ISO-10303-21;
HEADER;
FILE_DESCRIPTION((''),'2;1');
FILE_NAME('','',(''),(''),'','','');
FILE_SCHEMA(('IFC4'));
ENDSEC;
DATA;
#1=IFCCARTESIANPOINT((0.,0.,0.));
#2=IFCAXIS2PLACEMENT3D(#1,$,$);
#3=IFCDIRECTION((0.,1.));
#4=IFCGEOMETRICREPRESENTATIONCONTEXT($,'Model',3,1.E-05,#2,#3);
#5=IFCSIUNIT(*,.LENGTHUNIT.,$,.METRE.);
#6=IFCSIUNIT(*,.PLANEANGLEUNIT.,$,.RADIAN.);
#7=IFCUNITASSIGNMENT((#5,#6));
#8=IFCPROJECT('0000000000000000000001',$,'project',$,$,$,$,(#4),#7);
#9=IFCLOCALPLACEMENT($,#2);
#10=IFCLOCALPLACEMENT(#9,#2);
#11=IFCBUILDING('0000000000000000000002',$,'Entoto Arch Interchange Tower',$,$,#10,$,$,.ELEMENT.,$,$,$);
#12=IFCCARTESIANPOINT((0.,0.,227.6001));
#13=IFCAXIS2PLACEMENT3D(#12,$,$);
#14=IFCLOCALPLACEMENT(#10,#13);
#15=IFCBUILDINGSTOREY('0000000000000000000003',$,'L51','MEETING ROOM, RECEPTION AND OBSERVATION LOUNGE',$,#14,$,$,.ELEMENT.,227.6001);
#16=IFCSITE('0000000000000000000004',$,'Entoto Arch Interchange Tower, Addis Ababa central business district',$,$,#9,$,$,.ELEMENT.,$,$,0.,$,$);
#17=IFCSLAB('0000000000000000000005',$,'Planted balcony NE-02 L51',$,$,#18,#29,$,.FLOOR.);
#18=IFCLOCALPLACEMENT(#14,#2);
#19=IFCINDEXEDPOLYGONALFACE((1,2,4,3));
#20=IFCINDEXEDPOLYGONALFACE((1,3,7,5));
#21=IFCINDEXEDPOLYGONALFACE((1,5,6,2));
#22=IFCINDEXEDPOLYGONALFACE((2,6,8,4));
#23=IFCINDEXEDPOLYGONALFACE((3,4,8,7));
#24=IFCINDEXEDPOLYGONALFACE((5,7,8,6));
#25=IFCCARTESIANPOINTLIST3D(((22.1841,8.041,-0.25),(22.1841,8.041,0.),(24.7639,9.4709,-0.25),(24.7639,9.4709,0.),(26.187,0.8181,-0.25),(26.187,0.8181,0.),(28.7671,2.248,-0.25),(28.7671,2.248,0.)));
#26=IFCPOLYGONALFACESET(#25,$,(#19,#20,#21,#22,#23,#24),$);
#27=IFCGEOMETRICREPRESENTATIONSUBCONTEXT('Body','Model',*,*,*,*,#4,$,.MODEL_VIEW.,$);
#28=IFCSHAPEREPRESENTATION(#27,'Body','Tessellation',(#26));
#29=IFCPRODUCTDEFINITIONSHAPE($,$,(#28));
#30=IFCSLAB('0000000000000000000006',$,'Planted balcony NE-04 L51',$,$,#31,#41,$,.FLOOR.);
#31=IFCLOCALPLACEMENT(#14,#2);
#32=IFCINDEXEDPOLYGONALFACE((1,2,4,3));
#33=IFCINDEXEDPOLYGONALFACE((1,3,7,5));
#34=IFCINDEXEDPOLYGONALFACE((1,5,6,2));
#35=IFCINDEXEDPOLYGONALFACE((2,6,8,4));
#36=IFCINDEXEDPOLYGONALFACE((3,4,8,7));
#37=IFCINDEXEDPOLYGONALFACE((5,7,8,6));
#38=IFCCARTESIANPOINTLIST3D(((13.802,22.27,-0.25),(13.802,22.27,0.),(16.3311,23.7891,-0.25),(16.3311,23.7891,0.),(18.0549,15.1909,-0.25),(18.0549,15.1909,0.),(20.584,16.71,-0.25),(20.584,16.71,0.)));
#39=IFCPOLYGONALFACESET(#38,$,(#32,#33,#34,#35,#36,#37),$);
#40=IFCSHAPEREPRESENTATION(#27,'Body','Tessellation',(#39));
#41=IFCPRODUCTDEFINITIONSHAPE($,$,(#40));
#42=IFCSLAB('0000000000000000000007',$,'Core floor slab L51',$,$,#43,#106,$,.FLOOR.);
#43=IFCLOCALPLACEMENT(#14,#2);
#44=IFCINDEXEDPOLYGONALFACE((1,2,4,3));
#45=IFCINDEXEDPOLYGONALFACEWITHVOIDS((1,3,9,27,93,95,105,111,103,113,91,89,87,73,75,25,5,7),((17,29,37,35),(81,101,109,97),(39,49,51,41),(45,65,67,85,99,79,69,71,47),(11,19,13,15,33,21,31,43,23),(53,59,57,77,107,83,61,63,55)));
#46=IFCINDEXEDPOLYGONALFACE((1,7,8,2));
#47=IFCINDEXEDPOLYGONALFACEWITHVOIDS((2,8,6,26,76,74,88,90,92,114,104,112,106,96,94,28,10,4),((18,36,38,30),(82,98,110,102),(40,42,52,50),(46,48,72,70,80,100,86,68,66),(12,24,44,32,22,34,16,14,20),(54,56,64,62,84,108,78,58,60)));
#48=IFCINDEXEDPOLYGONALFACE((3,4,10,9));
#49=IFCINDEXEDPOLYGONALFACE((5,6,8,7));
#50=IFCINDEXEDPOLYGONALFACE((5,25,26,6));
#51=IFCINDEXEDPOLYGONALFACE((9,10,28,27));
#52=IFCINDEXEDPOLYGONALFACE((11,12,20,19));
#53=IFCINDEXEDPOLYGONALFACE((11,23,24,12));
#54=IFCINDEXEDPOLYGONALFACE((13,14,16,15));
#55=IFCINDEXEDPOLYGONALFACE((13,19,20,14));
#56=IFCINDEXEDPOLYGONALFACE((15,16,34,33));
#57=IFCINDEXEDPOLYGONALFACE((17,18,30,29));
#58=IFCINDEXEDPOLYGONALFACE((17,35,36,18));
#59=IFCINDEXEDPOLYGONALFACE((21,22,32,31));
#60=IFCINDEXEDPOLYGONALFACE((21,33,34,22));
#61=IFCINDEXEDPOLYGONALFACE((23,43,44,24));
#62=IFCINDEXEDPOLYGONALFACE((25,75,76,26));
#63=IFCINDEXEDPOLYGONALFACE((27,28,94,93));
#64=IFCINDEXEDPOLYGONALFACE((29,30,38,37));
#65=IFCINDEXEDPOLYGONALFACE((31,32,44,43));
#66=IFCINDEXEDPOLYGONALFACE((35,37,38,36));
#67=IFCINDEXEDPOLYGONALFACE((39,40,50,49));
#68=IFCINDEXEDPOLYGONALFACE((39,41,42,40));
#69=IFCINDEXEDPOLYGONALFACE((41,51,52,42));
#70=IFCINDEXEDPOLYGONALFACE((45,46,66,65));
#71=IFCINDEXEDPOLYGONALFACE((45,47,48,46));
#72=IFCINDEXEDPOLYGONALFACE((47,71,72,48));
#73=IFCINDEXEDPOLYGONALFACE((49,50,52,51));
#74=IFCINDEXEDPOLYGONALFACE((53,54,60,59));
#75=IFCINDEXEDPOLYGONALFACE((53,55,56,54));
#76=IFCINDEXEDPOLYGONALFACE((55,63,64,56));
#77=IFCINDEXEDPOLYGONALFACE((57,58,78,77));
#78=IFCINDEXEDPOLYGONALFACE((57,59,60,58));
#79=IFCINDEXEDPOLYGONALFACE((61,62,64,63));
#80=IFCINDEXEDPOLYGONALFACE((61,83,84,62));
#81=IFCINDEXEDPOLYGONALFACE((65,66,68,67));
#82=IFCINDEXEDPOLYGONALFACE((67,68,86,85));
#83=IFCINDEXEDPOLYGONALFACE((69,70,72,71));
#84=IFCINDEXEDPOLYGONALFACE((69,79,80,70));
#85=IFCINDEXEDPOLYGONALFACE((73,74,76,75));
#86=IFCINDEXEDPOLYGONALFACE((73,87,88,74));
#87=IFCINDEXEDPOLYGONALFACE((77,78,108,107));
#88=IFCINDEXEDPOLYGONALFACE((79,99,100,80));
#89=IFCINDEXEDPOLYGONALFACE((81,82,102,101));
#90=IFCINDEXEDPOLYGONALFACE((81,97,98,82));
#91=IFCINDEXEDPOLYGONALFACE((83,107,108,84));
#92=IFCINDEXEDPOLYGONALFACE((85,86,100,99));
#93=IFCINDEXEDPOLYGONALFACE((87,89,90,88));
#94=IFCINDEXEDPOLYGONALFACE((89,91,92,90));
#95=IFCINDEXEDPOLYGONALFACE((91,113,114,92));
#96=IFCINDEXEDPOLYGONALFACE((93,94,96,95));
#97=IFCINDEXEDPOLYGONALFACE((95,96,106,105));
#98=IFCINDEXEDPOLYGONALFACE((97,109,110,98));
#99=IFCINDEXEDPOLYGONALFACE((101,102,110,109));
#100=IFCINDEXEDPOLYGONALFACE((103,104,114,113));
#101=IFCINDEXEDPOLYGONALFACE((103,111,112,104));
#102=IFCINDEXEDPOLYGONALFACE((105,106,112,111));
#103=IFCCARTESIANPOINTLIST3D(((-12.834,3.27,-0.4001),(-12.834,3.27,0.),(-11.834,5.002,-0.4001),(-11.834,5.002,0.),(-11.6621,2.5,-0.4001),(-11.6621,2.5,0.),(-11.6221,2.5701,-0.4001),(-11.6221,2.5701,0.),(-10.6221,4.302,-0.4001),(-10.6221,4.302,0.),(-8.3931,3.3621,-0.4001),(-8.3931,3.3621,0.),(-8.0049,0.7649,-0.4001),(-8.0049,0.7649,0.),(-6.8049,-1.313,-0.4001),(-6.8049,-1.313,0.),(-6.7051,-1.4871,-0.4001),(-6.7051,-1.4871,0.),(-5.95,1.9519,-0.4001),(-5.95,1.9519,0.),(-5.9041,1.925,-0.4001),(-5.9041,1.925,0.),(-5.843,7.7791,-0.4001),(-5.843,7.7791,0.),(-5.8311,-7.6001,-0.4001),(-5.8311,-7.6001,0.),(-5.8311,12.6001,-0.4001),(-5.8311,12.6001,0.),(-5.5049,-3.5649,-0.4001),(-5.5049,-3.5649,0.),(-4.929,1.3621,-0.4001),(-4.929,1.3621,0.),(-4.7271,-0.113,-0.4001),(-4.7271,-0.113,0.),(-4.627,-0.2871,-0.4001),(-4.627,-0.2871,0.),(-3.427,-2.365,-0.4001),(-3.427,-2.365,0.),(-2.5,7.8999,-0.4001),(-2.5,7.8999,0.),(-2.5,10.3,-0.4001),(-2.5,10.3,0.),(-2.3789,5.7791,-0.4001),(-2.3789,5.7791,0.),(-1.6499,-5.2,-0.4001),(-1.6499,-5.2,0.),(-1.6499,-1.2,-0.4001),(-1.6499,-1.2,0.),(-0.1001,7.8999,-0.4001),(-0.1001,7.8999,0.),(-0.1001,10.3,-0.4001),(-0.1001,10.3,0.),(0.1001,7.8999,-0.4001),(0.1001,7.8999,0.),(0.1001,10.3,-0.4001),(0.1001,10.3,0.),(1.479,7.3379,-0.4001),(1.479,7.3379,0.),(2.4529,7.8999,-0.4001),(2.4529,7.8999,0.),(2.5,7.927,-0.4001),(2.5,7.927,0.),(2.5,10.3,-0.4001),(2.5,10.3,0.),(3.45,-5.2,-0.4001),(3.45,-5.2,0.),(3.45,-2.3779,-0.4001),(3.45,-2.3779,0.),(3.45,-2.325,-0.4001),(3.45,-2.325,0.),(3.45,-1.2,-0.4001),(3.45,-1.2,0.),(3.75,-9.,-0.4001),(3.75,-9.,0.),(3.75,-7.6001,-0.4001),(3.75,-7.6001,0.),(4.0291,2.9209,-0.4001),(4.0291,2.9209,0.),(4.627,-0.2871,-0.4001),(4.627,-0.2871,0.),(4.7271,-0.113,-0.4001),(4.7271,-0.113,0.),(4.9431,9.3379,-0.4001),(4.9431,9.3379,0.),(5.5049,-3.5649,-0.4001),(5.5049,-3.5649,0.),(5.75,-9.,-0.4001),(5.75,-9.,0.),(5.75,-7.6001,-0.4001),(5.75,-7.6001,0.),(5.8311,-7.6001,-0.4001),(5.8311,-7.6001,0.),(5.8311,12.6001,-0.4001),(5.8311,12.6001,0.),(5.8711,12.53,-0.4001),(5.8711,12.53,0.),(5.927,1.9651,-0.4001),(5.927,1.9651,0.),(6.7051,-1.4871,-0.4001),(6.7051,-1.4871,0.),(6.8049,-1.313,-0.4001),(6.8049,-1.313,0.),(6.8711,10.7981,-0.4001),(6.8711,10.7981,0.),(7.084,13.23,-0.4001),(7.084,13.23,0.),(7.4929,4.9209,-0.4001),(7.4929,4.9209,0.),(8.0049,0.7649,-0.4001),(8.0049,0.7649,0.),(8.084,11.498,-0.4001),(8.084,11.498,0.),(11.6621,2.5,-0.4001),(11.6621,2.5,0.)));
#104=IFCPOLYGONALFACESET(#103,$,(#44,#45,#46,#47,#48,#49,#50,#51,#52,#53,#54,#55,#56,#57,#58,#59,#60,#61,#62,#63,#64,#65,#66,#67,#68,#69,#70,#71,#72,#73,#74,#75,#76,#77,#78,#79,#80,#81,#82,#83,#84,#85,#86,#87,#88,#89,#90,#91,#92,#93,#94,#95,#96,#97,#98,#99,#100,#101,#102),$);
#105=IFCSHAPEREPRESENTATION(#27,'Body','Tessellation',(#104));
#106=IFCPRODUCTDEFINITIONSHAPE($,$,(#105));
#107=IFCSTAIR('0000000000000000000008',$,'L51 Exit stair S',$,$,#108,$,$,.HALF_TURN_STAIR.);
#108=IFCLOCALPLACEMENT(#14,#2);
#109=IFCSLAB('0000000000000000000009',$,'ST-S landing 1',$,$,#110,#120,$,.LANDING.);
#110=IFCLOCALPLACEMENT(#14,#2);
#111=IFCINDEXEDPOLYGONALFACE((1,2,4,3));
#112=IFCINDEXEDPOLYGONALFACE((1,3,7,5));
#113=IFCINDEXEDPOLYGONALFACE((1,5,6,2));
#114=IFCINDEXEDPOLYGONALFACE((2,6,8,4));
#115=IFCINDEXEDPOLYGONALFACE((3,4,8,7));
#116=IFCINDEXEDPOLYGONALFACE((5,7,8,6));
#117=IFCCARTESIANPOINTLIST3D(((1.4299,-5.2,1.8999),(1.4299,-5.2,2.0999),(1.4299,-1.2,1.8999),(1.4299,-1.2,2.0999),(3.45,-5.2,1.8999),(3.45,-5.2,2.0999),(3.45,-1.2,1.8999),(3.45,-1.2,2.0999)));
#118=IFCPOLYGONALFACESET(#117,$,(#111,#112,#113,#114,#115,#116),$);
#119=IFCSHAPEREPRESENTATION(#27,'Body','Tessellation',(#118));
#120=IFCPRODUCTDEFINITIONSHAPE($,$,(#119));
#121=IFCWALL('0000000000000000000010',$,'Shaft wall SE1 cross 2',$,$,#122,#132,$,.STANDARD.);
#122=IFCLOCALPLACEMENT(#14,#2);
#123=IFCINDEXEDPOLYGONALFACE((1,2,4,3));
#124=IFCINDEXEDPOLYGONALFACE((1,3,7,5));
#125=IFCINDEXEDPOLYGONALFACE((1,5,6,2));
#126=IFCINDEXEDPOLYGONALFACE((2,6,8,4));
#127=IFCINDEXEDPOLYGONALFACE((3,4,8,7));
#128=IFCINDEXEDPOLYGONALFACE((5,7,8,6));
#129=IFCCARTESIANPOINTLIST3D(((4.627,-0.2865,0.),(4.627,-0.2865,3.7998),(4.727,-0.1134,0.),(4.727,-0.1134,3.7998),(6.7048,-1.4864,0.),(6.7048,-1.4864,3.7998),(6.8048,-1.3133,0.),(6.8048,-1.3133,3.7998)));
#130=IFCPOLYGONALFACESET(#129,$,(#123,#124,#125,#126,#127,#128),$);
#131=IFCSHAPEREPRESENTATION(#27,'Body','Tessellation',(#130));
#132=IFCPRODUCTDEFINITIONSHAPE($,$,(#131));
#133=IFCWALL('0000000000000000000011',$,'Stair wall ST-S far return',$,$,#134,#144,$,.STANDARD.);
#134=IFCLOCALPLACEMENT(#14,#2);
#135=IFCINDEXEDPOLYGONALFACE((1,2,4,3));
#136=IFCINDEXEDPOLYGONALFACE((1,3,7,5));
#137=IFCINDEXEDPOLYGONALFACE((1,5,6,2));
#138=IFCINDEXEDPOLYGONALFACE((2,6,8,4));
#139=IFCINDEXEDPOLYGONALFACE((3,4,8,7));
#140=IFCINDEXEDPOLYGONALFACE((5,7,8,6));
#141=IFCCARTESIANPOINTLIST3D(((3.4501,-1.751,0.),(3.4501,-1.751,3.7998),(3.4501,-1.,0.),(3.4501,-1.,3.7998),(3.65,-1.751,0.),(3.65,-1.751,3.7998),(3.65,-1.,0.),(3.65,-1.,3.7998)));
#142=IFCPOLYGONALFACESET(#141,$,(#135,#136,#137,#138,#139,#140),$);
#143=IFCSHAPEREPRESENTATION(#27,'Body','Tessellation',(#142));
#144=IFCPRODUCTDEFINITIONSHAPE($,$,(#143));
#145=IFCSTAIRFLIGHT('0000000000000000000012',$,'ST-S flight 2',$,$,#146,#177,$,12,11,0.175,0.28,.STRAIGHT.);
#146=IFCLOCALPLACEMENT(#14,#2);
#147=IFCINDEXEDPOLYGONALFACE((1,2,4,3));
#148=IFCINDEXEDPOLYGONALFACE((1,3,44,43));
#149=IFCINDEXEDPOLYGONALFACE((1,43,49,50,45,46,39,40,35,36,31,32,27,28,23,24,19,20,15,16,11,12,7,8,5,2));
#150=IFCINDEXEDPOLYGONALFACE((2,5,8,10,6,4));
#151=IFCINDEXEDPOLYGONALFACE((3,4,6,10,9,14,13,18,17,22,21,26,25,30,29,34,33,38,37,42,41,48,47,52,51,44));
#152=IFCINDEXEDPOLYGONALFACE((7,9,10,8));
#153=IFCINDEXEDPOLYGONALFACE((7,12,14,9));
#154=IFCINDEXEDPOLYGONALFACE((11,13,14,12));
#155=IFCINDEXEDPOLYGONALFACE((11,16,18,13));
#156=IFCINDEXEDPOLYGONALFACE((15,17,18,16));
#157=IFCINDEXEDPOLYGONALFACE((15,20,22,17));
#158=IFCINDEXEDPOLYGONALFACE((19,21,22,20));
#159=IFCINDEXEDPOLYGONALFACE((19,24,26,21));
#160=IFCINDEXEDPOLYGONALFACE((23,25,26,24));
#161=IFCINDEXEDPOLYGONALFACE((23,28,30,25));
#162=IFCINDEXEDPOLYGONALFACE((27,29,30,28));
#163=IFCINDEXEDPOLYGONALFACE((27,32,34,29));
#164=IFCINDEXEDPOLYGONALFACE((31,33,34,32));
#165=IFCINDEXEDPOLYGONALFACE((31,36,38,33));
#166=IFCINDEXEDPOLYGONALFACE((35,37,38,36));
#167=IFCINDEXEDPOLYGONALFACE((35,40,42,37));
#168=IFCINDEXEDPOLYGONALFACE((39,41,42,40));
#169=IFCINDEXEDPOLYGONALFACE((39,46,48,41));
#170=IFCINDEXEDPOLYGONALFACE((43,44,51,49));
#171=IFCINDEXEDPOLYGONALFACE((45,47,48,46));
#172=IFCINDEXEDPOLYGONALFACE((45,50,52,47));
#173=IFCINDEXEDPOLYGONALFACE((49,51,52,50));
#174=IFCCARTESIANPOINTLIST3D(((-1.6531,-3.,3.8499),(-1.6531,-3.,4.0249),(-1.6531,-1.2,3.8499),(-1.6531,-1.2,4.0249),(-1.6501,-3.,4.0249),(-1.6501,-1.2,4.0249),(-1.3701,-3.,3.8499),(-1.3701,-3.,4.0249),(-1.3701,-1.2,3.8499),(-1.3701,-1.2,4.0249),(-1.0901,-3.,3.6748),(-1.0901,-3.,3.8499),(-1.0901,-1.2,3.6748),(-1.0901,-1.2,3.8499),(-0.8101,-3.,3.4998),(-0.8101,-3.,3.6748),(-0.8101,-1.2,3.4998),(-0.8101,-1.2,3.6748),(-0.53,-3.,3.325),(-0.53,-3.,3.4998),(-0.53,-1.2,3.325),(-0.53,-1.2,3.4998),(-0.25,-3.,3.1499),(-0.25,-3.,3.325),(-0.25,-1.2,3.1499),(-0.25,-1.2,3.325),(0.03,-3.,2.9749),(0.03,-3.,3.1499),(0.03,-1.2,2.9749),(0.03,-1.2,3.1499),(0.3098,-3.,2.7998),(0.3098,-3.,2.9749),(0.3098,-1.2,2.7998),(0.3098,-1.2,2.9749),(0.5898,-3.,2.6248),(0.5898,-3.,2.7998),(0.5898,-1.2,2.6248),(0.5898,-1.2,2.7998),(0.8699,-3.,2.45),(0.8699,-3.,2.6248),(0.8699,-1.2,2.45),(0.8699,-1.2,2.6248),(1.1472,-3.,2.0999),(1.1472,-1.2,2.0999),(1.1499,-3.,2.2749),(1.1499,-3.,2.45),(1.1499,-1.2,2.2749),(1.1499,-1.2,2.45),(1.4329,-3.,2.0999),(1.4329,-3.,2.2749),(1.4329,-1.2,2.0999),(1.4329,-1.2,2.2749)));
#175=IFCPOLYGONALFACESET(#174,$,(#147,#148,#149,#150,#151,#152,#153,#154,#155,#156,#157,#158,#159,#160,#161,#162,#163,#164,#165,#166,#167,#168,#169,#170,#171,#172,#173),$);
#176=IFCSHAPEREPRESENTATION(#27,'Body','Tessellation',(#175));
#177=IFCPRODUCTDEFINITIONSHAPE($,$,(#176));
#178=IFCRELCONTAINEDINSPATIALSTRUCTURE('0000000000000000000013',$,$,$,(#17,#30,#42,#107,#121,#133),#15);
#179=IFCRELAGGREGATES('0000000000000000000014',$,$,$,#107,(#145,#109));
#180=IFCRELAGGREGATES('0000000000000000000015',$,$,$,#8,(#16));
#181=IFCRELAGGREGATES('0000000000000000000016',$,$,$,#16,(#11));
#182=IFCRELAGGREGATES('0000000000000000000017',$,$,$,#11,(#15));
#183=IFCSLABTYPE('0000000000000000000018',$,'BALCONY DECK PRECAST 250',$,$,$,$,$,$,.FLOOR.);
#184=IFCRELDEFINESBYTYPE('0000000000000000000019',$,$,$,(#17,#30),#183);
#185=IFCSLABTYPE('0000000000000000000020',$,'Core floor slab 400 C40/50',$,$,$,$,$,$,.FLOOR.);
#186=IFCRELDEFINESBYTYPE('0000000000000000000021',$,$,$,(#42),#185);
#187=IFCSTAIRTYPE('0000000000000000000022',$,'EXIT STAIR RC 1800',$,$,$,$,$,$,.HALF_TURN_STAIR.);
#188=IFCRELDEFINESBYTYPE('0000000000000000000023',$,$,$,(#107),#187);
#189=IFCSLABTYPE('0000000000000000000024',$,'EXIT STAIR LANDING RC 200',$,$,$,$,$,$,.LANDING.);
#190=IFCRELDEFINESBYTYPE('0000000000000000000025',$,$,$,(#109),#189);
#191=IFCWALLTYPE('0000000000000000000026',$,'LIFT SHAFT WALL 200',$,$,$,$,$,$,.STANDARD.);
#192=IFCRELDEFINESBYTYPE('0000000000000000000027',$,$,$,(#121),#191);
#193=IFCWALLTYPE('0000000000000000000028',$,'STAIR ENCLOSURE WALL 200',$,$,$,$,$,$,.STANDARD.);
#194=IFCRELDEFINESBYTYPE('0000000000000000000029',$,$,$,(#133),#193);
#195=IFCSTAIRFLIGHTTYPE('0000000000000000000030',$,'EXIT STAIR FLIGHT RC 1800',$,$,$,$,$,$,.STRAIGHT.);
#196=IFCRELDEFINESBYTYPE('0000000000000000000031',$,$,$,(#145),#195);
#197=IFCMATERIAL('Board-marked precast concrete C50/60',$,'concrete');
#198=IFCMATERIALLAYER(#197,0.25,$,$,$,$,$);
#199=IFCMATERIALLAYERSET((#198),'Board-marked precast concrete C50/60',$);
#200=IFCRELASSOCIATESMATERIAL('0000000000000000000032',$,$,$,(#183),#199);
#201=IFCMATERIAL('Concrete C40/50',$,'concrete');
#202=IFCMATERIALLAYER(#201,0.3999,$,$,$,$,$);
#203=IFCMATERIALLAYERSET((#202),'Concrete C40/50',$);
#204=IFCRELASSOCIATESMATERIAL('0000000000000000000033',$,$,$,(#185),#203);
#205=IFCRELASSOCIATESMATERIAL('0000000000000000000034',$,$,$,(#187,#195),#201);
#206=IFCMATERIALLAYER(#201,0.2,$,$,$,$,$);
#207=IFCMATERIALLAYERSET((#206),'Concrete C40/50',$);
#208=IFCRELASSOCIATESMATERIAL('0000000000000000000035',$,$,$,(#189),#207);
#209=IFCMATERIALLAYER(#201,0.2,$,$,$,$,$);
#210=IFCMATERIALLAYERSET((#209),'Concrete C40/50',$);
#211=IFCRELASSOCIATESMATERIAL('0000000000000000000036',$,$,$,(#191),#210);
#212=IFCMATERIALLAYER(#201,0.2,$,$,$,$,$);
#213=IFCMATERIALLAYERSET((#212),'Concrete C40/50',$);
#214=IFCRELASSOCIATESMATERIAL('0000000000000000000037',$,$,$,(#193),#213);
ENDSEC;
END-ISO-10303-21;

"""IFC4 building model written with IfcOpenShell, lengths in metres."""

from ifc_helpers import new_model, si_unit, direction, frame, frame_2d, origin, place, context, subcontext, project, spatial, polyline, rectangle, outline, extrude, material, layer, layer_set, type_object, element, aggregate, save


model = new_model("IFC4")

# Units and contexts
model_context = context("Model", 3, precision=1e-05, world=origin(), true_north=direction((0.0, 1.0)))
body_context = subcontext(model_context, "Body", "Model", "MODEL_VIEW")
ifc_project = project(units=[si_unit("LENGTHUNIT", "METRE"), si_unit("PLANEANGLEUNIT", "RADIAN")], contexts=[model_context])

# Site, building, storey
site_placement = place(None, origin())
site = spatial("IfcSite", under=ifc_project, at=site_placement, Name="Entoto Arch Interchange Tower, Addis Ababa central business district", CompositionType="ELEMENT", RefElevation=0.0)
building_placement = place(site_placement, origin())
building = spatial("IfcBuilding", under=site, at=building_placement, Name="Entoto Arch Interchange Tower", CompositionType="ELEMENT")
storey_placement = place(building_placement, frame((0.0, 0.0, 227.6001)))
storey = spatial("IfcBuildingStorey", under=building, at=storey_placement, Name="L51", Description="MEETING ROOM, RECEPTION AND OBSERVATION LOUNGE", CompositionType="ELEMENT", Elevation=227.6001)

# Slabs
ifc_material_1 = material(Name="Board-marked precast concrete C50/60", Category="concrete")
ifc_layer_1 = layer(ifc_material_1, 0.25)
ifc_layer_set_1 = layer_set([ifc_layer_1], Name="Board-marked precast concrete C50/60")
slab_type_1 = type_object("IfcSlabType", Name="BALCONY DECK PRECAST 250", PredefinedType="FLOOR", material=ifc_layer_set_1)
slab_1_placement = place(storey_placement, frame((0.0, 0.0, -0.25)))
element("IfcSlab", 1, at=slab_1_placement, inside=storey, type_object=slab_type_1, Name="Planted balcony NE-02 L51", PredefinedType="FLOOR", context=body_context, shape_type="SweptSolid", body=[
    extrude(outline(polyline([(26.187, 0.8181), (22.1841, 8.041), (24.7639, 9.4709), (28.7671, 2.248), (26.187, 0.8181)])), origin(), (0.0, 0.0, 1.0), 0.25),
])
slab_2_placement = place(storey_placement, frame((0.0, 0.0, -0.25)))
element("IfcSlab", 2, at=slab_2_placement, inside=storey, type_object=slab_type_1, Name="Planted balcony NE-04 L51", PredefinedType="FLOOR", context=body_context, shape_type="SweptSolid", body=[
    extrude(outline(polyline([(18.0549, 15.1909), (13.802, 22.27), (16.3311, 23.7891), (20.584, 16.71), (18.0549, 15.1909)])), origin(), (0.0, 0.0, 1.0), 0.25),
])
ifc_material_2 = material(Name="Concrete C40/50", Category="concrete")
ifc_layer_2 = layer(ifc_material_2, 0.3999)
ifc_layer_set_2 = layer_set([ifc_layer_2], Name="Concrete C40/50")
slab_type_2 = type_object("IfcSlabType", Name="Core floor slab 400 C40/50", PredefinedType="FLOOR", material=ifc_layer_set_2)
slab_3_placement = place(storey_placement, frame((0.0, 0.0, -0.4001)))
element("IfcSlab", 3, at=slab_3_placement, inside=storey, type_object=slab_type_2, Name="Core floor slab L51", PredefinedType="FLOOR", context=body_context, shape_type="SweptSolid", body=[
    extrude(outline(polyline([(5.75, -9.0), (3.75, -9.0), (3.75, -7.6001), (-5.8311, -7.6001), (-11.6621, 2.5), (-11.6221, 2.5701), (-12.834, 3.27), (-11.834, 5.002), (-10.6221, 4.302), (-5.8311, 12.6001), (5.8311, 12.6001), (5.8711, 12.53), (7.084, 13.23), (8.084, 11.498), (6.8711, 10.7981), (11.6621, 2.5), (5.8311, -7.6001), (5.75, -7.6001), (5.75, -9.0)]), holes=[polyline([(-1.6499, -5.2), (3.45, -5.2), (3.45, -2.3779), (5.5049, -3.5649), (6.7051, -1.4871), (4.627, -0.2871), (3.45, -2.325), (3.45, -1.2), (-1.6499, -1.2), (-1.6499, -5.2)]), polyline([(-4.627, -0.2871), (-6.7051, -1.4871), (-5.5049, -3.5649), (-3.427, -2.365), (-4.627, -0.2871)]), polyline([(-5.9041, 1.925), (-4.929, 1.3621), (-2.3789, 5.7791), (-5.843, 7.7791), (-8.3931, 3.3621), (-5.95, 1.9519), (-8.0049, 0.7649), (-6.8049, -1.313), (-4.7271, -0.113), (-5.9041, 1.925)]), polyline([(4.7271, -0.113), (6.8049, -1.313), (8.0049, 0.7649), (5.927, 1.9651), (4.7271, -0.113)]), polyline([(2.5, 7.927), (2.5, 10.3), (0.1001, 10.3), (0.1001, 7.8999), (2.4529, 7.8999), (1.479, 7.3379), (4.0291, 2.9209), (7.4929, 4.9209), (4.9431, 9.3379), (2.5, 7.927)]), polyline([(-2.5, 7.8999), (-0.1001, 7.8999), (-0.1001, 10.3), (-2.5, 10.3), (-2.5, 7.8999)])]), origin(), (0.0, 0.0, 1.0), 0.4001),
])

# Stair, slab
stair_type = type_object("IfcStairType", Name="EXIT STAIR RC 1800", PredefinedType="HALF_TURN_STAIR", material=ifc_material_2)
stair_placement = place(storey_placement, origin())
stair = element("IfcStair", 4, at=stair_placement, inside=storey, type_object=stair_type, Name="L51 Exit stair S", PredefinedType="HALF_TURN_STAIR")
ifc_layer_3 = layer(ifc_material_2, 0.2)
ifc_layer_set_3 = layer_set([ifc_layer_3], Name="Concrete C40/50")
slab_type_3 = type_object("IfcSlabType", Name="EXIT STAIR LANDING RC 200", PredefinedType="LANDING", material=ifc_layer_set_3)
slab_4_placement = place(storey_placement, frame((0.0, 0.0, 1.8999)))
slab_4 = element("IfcSlab", 5, at=slab_4_placement, type_object=slab_type_3, Name="ST-S landing 1", PredefinedType="LANDING", context=body_context, shape_type="SweptSolid", body=[
    extrude(outline(polyline([(1.4299, -5.2), (3.45, -5.2), (3.45, -1.2), (1.4299, -1.2), (1.4299, -5.2)])), origin(), (0.0, 0.0, 1.0), 0.2),
])

# Walls
ifc_layer_4 = layer(ifc_material_2, 0.2)
ifc_layer_set_4 = layer_set([ifc_layer_4], Name="Concrete C40/50")
wall_type_1 = type_object("IfcWallType", Name="LIFT SHAFT WALL 200", PredefinedType="STANDARD", material=ifc_layer_set_4)
wall_1_placement = place(storey_placement, frame((4.677, -0.2, 0.0), z_axis=(0.0, 0.0, 1.0), x_axis=(0.865974, -0.500089, 0.0)))
element("IfcWall", 6, at=wall_1_placement, inside=storey, type_object=wall_type_1, Name="Shaft wall SE1 cross 2", PredefinedType="STANDARD", context=body_context, shape_type="SweptSolid", body=[
    extrude(rectangle(XDim=2.3994, YDim=0.2, at=frame_2d((1.1997, 0.0))), origin(), (0.0, 0.0, 1.0), 3.7998),
])
ifc_layer_5 = layer(ifc_material_2, 0.2)
ifc_layer_set_5 = layer_set([ifc_layer_5], Name="Concrete C40/50")
wall_type_2 = type_object("IfcWallType", Name="STAIR ENCLOSURE WALL 200", PredefinedType="STANDARD", material=ifc_layer_set_5)
wall_2_placement = place(storey_placement, frame((3.55, -1.0, 0.0), z_axis=(0.0, 0.0, 1.0), x_axis=(0.0, -1.0, 0.0)))
element("IfcWall", 7, at=wall_2_placement, inside=storey, type_object=wall_type_2, Name="Stair wall ST-S far return", PredefinedType="STANDARD", context=body_context, shape_type="SweptSolid", body=[
    extrude(rectangle(XDim=0.751, YDim=0.2, at=frame_2d((0.3755, 0.0))), origin(), (0.0, 0.0, 1.0), 3.7998),
])

# Stair flight
stair_flight_type = type_object("IfcStairFlightType", Name="EXIT STAIR FLIGHT RC 1800", PredefinedType="STRAIGHT", material=ifc_material_2)
stair_flight_placement = place(storey_placement, frame((1.4299, -2.1001, 2.0999), z_axis=(0.0, 0.0, 1.0), x_axis=(-1.0, 0.0, 0.0)))
stair_flight = element("IfcStairFlight", 8, at=stair_flight_placement, type_object=stair_flight_type, Name="ST-S flight 2", NumberOfRisers=12, NumberOfTreads=11, PredefinedType="STRAIGHT", RiserHeight=0.175, TreadLength=0.28, context=body_context, shape_type="SweptSolid", body=[
    extrude(outline(polyline([(-0.0029, 0.0), (-0.0029, 0.175), (0.28, 0.175), (0.28, 0.3501), (0.5601, 0.3501), (0.5601, 0.5249), (0.8401, 0.5249), (0.8401, 0.7), (1.1201, 0.7), (1.1201, 0.875), (1.3999, 0.875), (1.3999, 1.05), (1.6799, 1.05), (1.6799, 1.2251), (1.96, 1.2251), (1.96, 1.3999), (2.24, 1.3999), (2.24, 1.575), (2.52, 1.575), (2.52, 1.75), (2.8, 1.75), (2.8, 1.925), (3.0801, 1.925), (3.083, 1.925), (3.083, 1.75), (0.2827, 0.0), (-0.0029, 0.0)])), frame((0.0, 0.8999, 0.0), z_axis=(0.0, -1.0, 0.0), x_axis=(1.0, 0.0, 0.0)), (0.0, 0.0, 1.0), 1.8),
])
aggregate(stair, [stair_flight, slab_4])

save(model, "model.ifc")
